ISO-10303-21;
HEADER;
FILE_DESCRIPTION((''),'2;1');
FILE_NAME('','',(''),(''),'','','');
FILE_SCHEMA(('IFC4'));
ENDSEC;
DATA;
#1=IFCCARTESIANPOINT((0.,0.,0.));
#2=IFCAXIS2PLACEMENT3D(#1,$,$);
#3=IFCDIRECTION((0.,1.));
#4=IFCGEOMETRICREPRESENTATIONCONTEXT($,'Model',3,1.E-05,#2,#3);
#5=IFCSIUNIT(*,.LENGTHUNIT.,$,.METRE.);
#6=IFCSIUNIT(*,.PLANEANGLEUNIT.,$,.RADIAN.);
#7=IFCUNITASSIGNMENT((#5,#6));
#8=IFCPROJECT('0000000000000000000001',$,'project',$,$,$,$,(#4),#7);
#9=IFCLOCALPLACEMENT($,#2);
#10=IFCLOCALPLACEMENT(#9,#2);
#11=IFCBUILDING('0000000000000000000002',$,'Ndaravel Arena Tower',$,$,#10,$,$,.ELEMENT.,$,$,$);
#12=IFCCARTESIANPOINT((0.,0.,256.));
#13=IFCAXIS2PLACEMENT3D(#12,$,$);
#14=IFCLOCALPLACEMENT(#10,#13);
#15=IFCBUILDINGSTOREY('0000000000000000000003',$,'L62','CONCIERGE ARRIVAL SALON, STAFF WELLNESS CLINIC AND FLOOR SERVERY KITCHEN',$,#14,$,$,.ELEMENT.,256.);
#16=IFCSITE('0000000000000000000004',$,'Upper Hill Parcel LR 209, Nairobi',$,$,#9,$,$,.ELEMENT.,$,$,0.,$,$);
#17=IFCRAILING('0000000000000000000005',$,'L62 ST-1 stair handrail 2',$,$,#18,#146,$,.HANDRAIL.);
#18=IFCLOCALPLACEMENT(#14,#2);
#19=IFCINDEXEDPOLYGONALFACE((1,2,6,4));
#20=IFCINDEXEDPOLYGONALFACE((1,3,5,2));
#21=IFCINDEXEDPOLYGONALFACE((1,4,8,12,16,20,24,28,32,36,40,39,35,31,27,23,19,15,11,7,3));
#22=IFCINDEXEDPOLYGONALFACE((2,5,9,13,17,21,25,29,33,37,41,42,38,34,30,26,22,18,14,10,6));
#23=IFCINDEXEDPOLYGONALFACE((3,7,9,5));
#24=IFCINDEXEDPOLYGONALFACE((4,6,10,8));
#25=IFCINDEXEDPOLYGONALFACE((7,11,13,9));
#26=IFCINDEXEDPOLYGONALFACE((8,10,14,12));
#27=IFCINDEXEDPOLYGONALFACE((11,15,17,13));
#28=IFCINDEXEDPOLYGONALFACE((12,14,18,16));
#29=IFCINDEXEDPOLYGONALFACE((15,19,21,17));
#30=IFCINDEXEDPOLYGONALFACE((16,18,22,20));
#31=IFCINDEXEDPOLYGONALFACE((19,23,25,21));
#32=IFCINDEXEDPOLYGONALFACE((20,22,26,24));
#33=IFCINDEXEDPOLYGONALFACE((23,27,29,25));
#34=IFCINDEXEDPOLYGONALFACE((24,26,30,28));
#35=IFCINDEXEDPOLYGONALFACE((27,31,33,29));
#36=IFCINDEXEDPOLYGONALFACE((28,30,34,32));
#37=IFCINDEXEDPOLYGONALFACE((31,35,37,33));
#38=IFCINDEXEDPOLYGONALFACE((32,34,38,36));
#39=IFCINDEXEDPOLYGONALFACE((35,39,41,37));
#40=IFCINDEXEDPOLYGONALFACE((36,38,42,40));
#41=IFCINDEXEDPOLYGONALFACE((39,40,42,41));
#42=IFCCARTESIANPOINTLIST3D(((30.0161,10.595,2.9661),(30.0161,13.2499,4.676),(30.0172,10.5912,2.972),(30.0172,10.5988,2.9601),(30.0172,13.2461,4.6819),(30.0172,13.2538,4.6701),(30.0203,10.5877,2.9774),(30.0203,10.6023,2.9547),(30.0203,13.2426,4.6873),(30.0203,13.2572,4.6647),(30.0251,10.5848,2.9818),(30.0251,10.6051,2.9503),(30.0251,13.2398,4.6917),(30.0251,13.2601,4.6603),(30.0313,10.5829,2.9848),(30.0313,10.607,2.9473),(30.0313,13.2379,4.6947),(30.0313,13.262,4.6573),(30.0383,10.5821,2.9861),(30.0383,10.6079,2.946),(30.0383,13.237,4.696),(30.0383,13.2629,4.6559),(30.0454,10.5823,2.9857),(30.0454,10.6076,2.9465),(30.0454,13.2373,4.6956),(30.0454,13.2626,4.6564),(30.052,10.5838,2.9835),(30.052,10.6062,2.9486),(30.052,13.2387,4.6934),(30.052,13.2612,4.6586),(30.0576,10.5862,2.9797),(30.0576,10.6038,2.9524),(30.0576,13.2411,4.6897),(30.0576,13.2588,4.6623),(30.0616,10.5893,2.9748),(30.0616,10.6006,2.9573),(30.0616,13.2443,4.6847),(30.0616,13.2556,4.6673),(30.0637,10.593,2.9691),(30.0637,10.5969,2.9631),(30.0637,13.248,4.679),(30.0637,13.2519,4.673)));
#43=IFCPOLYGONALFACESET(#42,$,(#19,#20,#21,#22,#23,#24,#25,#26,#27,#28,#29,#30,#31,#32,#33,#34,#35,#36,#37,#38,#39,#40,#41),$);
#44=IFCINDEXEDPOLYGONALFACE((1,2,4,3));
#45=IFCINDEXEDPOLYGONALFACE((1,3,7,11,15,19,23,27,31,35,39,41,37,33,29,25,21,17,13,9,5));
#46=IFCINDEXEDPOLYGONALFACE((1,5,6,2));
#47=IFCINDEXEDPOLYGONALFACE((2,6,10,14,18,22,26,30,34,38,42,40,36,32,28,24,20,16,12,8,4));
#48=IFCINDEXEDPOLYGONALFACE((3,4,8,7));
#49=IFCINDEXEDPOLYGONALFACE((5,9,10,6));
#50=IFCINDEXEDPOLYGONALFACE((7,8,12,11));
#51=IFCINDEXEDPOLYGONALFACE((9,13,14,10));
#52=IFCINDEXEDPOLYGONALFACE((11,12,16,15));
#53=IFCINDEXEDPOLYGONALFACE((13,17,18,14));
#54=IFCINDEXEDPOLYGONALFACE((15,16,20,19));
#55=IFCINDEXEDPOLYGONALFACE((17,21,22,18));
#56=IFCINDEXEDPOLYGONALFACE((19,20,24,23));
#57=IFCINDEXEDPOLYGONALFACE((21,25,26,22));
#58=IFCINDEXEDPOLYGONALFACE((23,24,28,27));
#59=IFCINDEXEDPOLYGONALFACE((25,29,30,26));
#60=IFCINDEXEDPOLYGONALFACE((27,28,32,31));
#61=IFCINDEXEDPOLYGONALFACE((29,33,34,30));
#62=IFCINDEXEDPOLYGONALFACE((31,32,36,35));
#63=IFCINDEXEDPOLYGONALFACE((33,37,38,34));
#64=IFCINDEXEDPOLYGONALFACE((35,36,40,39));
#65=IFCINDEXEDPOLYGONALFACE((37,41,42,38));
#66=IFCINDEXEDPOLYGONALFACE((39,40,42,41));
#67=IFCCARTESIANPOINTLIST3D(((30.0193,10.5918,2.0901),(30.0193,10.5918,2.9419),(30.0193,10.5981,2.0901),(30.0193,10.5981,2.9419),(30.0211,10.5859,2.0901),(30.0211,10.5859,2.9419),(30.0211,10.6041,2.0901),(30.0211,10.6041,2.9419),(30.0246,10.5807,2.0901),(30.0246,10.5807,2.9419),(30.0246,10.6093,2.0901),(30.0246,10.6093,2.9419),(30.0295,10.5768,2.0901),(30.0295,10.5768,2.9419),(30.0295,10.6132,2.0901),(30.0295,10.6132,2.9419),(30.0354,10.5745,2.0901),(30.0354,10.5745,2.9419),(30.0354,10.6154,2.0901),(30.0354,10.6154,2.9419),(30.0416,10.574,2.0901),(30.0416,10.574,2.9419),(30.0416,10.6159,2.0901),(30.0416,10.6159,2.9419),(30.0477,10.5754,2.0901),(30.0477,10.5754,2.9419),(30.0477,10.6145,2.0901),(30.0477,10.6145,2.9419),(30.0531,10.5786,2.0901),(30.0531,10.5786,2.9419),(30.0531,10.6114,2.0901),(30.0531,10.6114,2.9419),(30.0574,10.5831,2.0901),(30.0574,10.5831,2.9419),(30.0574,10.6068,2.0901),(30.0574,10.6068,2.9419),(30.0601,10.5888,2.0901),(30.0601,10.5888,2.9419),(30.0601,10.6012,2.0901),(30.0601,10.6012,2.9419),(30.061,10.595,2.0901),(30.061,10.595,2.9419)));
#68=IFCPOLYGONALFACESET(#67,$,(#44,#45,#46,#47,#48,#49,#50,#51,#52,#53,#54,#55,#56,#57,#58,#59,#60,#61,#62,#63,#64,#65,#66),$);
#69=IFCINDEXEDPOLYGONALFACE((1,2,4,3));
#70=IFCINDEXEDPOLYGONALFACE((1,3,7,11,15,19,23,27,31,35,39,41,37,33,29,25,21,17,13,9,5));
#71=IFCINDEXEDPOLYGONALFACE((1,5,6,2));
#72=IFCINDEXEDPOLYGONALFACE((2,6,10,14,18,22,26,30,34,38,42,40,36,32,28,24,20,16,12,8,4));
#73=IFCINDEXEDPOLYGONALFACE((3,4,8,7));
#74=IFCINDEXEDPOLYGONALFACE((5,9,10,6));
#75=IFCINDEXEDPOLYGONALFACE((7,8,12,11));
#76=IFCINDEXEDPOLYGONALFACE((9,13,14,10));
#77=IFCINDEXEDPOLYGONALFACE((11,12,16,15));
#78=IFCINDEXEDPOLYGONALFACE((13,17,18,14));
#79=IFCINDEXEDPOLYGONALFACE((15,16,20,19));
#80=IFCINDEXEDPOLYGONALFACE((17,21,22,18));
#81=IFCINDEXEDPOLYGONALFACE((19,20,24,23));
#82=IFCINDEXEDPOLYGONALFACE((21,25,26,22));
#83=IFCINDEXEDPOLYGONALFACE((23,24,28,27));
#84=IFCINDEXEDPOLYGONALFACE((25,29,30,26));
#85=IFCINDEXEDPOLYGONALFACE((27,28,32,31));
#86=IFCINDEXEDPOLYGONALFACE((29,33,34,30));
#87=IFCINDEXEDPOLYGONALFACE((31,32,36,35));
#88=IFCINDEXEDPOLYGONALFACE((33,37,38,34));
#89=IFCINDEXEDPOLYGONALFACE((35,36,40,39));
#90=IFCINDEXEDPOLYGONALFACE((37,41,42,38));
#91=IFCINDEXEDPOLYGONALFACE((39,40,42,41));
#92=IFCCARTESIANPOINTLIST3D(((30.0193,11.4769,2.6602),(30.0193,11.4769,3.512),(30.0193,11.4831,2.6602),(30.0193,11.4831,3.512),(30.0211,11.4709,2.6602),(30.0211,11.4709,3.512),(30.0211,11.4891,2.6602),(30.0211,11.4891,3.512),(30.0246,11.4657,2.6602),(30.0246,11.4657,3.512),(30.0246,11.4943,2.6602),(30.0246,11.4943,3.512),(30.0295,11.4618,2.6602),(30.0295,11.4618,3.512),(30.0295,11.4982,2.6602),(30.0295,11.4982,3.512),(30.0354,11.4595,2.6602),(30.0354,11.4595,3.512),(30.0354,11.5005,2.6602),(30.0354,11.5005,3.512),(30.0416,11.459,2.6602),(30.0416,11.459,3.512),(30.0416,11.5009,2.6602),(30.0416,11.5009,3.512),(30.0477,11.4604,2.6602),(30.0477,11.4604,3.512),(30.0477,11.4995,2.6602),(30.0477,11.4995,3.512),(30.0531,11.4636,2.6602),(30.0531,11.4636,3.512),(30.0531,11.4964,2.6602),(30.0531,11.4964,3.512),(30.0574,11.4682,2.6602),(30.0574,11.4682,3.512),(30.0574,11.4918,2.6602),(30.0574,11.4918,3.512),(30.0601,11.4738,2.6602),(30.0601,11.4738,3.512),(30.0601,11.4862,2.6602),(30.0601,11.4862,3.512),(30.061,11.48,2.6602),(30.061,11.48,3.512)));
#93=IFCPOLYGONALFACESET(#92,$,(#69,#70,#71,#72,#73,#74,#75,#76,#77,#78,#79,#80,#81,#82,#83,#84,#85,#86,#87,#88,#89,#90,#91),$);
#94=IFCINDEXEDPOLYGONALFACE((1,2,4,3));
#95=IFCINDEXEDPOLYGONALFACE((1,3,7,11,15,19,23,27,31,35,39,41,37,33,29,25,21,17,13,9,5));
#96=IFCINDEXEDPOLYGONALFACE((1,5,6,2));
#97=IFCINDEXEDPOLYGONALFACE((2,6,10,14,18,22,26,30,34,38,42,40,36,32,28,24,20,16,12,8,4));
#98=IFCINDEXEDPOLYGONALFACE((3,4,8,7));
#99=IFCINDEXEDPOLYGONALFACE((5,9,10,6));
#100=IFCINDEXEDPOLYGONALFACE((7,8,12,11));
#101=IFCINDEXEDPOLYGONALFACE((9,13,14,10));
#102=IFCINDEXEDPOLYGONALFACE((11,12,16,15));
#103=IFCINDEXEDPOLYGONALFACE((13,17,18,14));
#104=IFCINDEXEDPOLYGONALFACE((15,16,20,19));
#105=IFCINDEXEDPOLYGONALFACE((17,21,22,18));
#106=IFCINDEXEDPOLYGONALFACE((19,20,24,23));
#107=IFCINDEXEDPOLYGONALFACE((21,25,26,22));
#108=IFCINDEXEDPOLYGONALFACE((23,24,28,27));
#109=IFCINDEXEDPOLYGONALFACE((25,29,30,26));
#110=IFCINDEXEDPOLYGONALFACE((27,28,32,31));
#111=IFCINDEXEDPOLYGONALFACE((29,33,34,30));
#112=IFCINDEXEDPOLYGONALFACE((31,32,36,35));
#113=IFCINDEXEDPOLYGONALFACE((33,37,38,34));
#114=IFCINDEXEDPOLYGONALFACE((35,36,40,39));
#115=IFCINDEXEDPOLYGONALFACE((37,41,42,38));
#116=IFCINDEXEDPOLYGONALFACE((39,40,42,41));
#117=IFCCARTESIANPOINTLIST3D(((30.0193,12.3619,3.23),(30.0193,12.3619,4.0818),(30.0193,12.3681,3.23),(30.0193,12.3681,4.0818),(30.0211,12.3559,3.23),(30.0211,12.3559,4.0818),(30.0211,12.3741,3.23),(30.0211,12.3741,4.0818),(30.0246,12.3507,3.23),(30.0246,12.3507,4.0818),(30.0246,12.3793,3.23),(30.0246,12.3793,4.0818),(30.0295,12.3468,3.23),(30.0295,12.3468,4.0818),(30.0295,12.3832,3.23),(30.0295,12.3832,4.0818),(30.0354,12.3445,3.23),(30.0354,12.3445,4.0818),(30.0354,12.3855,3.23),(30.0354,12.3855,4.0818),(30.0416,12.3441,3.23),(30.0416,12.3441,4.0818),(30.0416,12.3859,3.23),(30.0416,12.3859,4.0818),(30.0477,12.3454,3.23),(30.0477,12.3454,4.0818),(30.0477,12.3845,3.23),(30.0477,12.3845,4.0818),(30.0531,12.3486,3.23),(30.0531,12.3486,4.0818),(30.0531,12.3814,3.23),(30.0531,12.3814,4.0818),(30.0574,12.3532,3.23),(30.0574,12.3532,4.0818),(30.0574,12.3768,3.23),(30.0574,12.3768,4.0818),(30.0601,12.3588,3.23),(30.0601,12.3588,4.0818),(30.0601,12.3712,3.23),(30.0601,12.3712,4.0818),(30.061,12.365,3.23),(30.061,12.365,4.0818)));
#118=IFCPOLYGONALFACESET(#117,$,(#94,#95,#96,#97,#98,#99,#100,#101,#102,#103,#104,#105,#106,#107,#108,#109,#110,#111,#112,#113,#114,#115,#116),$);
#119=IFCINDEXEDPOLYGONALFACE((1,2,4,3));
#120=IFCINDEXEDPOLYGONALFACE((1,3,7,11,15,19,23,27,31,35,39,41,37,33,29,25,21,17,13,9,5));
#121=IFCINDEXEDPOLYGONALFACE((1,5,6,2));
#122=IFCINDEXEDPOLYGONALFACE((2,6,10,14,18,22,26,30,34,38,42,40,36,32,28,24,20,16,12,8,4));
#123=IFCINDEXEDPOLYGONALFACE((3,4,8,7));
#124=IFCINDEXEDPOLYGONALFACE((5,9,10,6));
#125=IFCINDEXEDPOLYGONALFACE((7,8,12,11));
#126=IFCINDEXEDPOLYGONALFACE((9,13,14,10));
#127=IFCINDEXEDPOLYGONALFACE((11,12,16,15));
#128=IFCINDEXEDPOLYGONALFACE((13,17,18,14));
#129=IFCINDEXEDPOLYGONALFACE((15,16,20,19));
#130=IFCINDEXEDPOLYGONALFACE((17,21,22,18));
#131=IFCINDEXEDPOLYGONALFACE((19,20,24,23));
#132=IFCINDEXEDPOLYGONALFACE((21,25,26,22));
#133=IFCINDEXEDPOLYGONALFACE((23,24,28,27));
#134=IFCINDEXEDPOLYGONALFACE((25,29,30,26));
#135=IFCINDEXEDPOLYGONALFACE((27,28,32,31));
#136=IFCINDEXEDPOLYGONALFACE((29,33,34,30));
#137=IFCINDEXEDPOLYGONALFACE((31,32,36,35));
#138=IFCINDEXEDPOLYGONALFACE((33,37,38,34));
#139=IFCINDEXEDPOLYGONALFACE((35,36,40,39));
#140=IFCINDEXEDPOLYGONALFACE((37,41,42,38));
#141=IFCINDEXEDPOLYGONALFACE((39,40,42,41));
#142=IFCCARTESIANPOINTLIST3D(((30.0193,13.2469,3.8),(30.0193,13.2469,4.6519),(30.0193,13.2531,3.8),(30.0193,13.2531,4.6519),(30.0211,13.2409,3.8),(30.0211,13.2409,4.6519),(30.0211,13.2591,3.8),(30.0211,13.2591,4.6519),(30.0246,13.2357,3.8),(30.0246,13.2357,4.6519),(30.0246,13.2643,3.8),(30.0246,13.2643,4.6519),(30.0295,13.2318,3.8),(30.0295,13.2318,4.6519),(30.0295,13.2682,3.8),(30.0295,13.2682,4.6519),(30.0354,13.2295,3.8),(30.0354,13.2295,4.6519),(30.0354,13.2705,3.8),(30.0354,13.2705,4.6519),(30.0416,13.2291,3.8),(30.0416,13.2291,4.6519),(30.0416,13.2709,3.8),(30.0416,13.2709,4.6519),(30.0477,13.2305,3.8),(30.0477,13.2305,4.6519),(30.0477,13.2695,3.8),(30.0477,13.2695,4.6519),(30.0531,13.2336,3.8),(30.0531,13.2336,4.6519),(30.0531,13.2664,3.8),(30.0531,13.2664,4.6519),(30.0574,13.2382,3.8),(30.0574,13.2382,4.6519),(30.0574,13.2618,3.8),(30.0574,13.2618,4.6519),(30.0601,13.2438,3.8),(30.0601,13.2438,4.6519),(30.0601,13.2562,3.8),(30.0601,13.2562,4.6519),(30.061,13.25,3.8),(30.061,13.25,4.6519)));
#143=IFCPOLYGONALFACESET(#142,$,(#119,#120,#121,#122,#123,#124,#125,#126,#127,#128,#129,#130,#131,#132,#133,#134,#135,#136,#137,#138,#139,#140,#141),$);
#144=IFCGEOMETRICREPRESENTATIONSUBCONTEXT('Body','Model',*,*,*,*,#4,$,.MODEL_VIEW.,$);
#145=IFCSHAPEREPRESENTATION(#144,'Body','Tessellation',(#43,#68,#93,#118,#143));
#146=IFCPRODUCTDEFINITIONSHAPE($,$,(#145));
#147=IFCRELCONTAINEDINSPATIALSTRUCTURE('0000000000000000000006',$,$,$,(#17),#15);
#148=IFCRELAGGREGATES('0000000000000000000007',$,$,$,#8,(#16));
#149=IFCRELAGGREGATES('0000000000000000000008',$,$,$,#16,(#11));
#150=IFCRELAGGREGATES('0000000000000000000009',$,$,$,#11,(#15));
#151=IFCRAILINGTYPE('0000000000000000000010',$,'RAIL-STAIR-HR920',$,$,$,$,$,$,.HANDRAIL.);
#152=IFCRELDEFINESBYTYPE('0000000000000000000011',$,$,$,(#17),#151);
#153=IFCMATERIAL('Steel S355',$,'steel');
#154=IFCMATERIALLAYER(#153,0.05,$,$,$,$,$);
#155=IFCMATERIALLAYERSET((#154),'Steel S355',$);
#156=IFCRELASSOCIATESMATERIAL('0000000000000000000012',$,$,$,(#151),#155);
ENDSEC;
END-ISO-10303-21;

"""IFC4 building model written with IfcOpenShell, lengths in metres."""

from ifc_helpers import new_model, si_unit, direction, frame, origin, origin_2d, place, context, subcontext, project, spatial, circle, extrude, material, layer, layer_set, type_object, element, save


model = new_model("IFC4")

# Units and contexts
model_context = context("Model", 3, precision=1e-05, world=origin(), true_north=direction((0.0, 1.0)))
body_context = subcontext(model_context, "Body", "Model", "MODEL_VIEW")
ifc_project = project(units=[si_unit("LENGTHUNIT", "METRE"), si_unit("PLANEANGLEUNIT", "RADIAN")], contexts=[model_context])

# Site, building, storey
site_placement = place(None, origin())
site = spatial("IfcSite", under=ifc_project, at=site_placement, Name="Upper Hill Parcel LR 209, Nairobi", CompositionType="ELEMENT", RefElevation=0.0)
building_placement = place(site_placement, origin())
building = spatial("IfcBuilding", under=site, at=building_placement, Name="Ndaravel Arena Tower", CompositionType="ELEMENT")
storey_placement = place(building_placement, frame((0.0, 0.0, 256.0)))
storey = spatial("IfcBuildingStorey", under=building, at=storey_placement, Name="L62", Description="CONCIERGE ARRIVAL SALON, STAFF WELLNESS CLINIC AND FLOOR SERVERY KITCHEN", CompositionType="ELEMENT", Elevation=256.0)

# Railing
ifc_material_1 = material(Name="Steel S355", Category="steel")
ifc_layer_1 = layer(ifc_material_1, 0.05)
ifc_layer_set_1 = layer_set([ifc_layer_1], Name="Steel S355")
railing_type_1 = type_object("IfcRailingType", Name="RAIL-STAIR-HR920", PredefinedType="HANDRAIL", material=ifc_layer_set_1)
railing_1_placement = place(storey_placement, frame((30.04, 10.595, 2.0901)))
element("IfcRailing", 1, at=railing_1_placement, inside=storey, type_object=railing_type_1, Name="L62 ST-1 stair handrail 2", PredefinedType="HANDRAIL", context=body_context, shape_type="SweptSolid", body=[
    extrude(circle(Radius=0.0239, at=origin_2d()), frame((0.0, 0.0, 0.876), z_axis=(0.0, 0.840724, 0.541465), x_axis=(-1.0, 0.0, 0.0)), (0.0, 0.0, 1.0), 3.158),
    extrude(circle(Radius=0.021, at=origin_2d()), origin(), (0.0, 0.0, 1.0), 0.8518),
    extrude(circle(Radius=0.021, at=origin_2d()), frame((0.0, 0.885, 0.5701)), (0.0, 0.0, 1.0), 0.8518),
    extrude(circle(Radius=0.021, at=origin_2d()), frame((0.0, 1.77, 1.1399)), (0.0, 0.0, 1.0), 0.8518),
    extrude(circle(Radius=0.021, at=origin_2d()), frame((0.0, 2.655, 1.71)), (0.0, 0.0, 1.0), 0.8518),
])

save(model, "model.ifc")
